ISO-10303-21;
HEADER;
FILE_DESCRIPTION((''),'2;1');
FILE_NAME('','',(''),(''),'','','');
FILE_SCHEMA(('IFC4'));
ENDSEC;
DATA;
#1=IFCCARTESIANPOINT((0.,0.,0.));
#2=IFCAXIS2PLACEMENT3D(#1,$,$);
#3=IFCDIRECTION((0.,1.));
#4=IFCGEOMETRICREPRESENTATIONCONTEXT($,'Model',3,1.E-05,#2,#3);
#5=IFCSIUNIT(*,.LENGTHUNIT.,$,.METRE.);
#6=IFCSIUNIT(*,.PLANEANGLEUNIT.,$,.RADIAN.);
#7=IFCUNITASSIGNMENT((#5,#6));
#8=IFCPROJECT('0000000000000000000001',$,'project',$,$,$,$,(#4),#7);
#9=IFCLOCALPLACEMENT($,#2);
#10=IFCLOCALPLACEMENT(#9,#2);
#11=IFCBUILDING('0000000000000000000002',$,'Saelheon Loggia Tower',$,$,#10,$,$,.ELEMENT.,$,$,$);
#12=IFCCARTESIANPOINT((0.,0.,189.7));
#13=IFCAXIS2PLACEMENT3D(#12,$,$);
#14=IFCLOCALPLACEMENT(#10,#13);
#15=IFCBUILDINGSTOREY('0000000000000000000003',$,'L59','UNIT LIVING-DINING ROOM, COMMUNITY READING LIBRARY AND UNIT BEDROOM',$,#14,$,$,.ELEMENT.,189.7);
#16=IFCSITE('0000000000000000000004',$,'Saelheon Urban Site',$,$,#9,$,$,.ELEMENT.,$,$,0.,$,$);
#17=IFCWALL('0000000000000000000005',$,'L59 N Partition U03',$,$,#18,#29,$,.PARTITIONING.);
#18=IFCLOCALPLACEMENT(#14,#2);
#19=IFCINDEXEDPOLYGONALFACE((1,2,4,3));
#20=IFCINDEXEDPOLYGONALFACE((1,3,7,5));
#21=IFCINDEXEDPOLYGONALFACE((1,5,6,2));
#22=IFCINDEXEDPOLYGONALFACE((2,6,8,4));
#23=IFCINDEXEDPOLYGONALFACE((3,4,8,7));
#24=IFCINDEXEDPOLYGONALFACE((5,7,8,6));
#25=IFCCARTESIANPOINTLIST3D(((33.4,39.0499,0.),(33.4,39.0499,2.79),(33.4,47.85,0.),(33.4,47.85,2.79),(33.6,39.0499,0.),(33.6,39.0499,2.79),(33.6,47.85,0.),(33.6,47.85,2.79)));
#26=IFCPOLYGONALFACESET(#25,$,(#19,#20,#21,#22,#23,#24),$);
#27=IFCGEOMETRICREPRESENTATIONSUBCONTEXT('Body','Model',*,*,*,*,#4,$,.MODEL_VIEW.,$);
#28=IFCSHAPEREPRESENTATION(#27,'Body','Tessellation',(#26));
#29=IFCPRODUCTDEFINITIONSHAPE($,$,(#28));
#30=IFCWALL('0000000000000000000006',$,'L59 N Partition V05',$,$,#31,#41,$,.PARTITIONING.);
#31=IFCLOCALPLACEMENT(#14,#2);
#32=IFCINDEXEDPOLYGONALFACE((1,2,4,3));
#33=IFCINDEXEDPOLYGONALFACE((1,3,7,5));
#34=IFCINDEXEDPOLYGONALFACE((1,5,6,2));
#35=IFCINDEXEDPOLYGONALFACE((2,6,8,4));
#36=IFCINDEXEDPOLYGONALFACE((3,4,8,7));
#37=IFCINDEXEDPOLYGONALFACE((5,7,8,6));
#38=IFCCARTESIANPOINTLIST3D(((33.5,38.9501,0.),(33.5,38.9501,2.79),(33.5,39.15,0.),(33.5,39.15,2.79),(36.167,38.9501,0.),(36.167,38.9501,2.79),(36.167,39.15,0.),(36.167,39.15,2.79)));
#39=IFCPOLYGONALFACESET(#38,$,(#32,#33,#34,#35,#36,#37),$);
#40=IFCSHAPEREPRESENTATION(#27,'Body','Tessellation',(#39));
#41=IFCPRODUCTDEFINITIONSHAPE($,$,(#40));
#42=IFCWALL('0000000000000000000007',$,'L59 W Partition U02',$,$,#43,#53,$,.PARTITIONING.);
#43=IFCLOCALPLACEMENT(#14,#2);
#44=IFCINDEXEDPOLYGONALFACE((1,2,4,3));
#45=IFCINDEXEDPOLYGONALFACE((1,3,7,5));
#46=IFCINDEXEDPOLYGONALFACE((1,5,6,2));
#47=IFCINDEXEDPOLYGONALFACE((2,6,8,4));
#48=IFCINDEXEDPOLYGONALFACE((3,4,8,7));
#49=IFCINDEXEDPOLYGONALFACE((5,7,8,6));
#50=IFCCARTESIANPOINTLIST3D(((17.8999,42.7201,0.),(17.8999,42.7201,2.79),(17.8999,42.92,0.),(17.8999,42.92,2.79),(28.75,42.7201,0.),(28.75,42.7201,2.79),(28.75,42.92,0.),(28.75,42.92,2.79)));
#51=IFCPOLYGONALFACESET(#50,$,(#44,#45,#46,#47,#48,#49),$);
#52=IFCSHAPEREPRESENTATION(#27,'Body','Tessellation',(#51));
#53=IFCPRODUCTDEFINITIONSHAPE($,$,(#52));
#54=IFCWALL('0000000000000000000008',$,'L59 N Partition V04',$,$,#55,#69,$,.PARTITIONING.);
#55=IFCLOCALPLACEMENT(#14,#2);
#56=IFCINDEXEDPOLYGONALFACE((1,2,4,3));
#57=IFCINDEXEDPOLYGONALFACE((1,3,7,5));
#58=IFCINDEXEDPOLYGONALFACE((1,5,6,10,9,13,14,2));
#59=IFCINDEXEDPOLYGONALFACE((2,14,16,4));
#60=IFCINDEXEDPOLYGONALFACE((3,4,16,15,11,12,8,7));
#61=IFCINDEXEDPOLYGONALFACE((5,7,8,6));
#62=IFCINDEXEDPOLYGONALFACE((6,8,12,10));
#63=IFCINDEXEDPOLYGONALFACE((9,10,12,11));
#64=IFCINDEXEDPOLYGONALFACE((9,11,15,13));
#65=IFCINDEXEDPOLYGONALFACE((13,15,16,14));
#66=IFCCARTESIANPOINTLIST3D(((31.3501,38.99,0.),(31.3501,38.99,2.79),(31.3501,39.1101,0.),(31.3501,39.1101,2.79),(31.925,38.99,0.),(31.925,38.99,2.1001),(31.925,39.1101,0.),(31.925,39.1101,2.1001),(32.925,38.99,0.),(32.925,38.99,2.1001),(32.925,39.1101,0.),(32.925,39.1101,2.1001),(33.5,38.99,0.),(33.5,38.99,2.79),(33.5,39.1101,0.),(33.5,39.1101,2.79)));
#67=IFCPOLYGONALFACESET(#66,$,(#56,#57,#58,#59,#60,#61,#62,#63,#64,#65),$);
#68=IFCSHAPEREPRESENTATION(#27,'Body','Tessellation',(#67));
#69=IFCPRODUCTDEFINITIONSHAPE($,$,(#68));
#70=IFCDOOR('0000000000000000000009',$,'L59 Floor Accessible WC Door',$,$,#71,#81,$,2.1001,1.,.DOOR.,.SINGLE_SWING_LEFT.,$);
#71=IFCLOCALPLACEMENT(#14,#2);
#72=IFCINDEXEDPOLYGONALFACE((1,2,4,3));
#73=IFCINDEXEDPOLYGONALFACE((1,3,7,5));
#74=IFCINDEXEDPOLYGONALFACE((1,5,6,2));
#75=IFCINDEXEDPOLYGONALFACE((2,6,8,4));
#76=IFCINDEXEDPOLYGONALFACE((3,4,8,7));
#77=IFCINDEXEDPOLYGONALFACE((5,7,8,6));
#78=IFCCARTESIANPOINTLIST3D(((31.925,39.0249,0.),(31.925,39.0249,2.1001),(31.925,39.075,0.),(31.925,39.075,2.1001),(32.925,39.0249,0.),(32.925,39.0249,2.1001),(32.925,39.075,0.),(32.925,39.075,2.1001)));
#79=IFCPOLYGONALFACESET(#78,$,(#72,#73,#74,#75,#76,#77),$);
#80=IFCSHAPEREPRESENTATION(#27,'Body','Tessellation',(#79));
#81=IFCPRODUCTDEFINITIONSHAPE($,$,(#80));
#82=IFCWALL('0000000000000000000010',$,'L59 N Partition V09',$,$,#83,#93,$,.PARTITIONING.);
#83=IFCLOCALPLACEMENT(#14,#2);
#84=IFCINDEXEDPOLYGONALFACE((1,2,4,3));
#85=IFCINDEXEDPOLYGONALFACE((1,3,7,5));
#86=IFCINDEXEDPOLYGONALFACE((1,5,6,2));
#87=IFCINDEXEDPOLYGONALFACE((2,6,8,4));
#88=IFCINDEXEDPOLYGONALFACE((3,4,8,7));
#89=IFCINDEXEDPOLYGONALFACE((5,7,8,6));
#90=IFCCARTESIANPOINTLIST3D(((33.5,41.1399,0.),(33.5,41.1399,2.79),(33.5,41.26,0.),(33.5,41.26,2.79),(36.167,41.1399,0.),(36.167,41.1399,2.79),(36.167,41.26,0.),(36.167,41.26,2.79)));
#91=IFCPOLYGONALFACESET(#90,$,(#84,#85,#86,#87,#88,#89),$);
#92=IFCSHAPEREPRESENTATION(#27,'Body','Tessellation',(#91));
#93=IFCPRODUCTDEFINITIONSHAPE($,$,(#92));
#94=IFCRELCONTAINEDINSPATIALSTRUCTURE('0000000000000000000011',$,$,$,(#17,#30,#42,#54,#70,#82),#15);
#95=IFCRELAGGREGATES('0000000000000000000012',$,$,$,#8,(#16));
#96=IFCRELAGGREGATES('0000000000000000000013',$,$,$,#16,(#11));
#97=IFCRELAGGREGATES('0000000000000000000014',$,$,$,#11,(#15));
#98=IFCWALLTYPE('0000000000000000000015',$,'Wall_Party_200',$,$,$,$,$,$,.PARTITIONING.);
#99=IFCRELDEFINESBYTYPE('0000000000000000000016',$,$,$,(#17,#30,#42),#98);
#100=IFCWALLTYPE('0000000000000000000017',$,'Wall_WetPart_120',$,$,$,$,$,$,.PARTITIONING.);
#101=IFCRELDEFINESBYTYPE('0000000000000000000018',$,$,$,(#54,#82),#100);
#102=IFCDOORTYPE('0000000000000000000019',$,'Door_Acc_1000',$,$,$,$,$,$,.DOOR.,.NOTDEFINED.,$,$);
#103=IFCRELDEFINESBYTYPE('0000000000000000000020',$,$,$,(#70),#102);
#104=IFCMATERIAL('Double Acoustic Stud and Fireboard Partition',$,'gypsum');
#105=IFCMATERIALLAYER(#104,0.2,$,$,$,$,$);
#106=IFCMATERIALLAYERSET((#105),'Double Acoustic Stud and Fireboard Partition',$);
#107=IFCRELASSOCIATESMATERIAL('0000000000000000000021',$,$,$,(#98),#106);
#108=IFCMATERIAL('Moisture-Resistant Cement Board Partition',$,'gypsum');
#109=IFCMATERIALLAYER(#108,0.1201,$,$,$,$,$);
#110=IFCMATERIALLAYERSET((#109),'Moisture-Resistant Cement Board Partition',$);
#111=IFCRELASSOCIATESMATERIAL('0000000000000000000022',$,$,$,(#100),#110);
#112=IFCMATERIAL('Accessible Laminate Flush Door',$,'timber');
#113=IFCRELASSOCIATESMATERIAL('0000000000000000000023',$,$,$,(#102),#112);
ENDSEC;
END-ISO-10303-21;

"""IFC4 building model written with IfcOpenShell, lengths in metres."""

from ifc_helpers import new_model, si_unit, direction, frame, frame_2d, origin, place, context, subcontext, project, spatial, rectangle, extrude, source, transform, mapped, material, layer, layer_set, type_object, element, fill, save


model = new_model("IFC4")

# Units and contexts
model_context = context("Model", 3, precision=1e-05, world=origin(), true_north=direction((0.0, 1.0)))
body_context = subcontext(model_context, "Body", "Model", "MODEL_VIEW")
ifc_project = project(units=[si_unit("LENGTHUNIT", "METRE"), si_unit("PLANEANGLEUNIT", "RADIAN")], contexts=[model_context])

# Site, building, storey
site_placement = place(None, origin())
site = spatial("IfcSite", under=ifc_project, at=site_placement, Name="Saelheon Urban Site", CompositionType="ELEMENT", RefElevation=0.0)
building_placement = place(site_placement, origin())
building = spatial("IfcBuilding", under=site, at=building_placement, Name="Saelheon Loggia Tower", CompositionType="ELEMENT")
storey_placement = place(building_placement, frame((0.0, 0.0, 189.7)))
storey = spatial("IfcBuildingStorey", under=building, at=storey_placement, Name="L59", Description="UNIT LIVING-DINING ROOM, COMMUNITY READING LIBRARY AND UNIT BEDROOM", CompositionType="ELEMENT", Elevation=189.7)

# Walls
ifc_material_1 = material(Name="Double Acoustic Stud and Fireboard Partition", Category="gypsum")
ifc_layer_1 = layer(ifc_material_1, 0.2)
ifc_layer_set_1 = layer_set([ifc_layer_1], Name="Double Acoustic Stud and Fireboard Partition")
wall_type_1 = type_object("IfcWallType", Name="Wall_Party_200", PredefinedType="PARTITIONING", material=ifc_layer_set_1)
wall_1_placement = place(storey_placement, frame((33.5, 39.05, 0.0), z_axis=(0.0, 0.0, 1.0), x_axis=(0.0, 1.0, 0.0)))
element("IfcWall", 1, at=wall_1_placement, inside=storey, type_object=wall_type_1, Name="L59 N Partition U03", PredefinedType="PARTITIONING", context=body_context, shape_type="SweptSolid", body=[
    extrude(rectangle(XDim=8.8, YDim=0.2, at=frame_2d((4.3999, 0.0))), origin(), (0.0, 0.0, 1.0), 2.79),
])
wall_2_placement = place(storey_placement, frame((33.5, 39.05, 0.0), z_axis=(0.0, 0.0, 1.0), x_axis=(1.0, 0.0, 0.0)))
element("IfcWall", 2, at=wall_2_placement, inside=storey, type_object=wall_type_1, Name="L59 N Partition V05", PredefinedType="PARTITIONING", context=body_context, shape_type="SweptSolid", body=[
    extrude(rectangle(XDim=2.667, YDim=0.2, at=frame_2d((1.3335, 0.0))), origin(), (0.0, 0.0, 1.0), 2.79),
])
wall_3_placement = place(storey_placement, frame((28.75, 42.8201, 0.0), z_axis=(0.0, 0.0, 1.0), x_axis=(-1.0, 0.0, 0.0)))
element("IfcWall", 3, at=wall_3_placement, inside=storey, type_object=wall_type_1, Name="L59 W Partition U02", PredefinedType="PARTITIONING", context=body_context, shape_type="SweptSolid", body=[
    extrude(rectangle(XDim=10.8501, YDim=0.2, at=frame_2d((5.425, 0.0))), origin(), (0.0, 0.0, 1.0), 2.79),
])

# Wall, opening, door
ifc_material_2 = material(Name="Moisture-Resistant Cement Board Partition", Category="gypsum")
ifc_layer_2 = layer(ifc_material_2, 0.1201)
ifc_layer_set_2 = layer_set([ifc_layer_2], Name="Moisture-Resistant Cement Board Partition")
wall_type_2 = type_object("IfcWallType", Name="Wall_WetPart_120", PredefinedType="PARTITIONING", material=ifc_layer_set_2)
wall_4_placement = place(storey_placement, frame((31.3501, 39.05, 0.0), z_axis=(0.0, 0.0, 1.0), x_axis=(1.0, 0.0, 0.0)))
wall_4 = element("IfcWall", 4, at=wall_4_placement, inside=storey, type_object=wall_type_2, Name="L59 N Partition V04", PredefinedType="PARTITIONING", context=body_context, shape_type="SweptSolid", body=[
    extrude(rectangle(XDim=2.1499, YDim=0.1201, at=frame_2d((1.075, 0.0))), origin(), (0.0, 0.0, 1.0), 2.79),
])
opening_1_placement = place(wall_4_placement, frame((0.575, 0.0, 0.0)))
opening_1 = element("IfcOpeningElement", 5, at=opening_1_placement, cuts=wall_4, PredefinedType="OPENING", context=body_context, shape_type="SweptSolid", body=[
    extrude(rectangle(XDim=1.0, YDim=2.1001, at=frame_2d((0.5, 1.05))), frame((0.0, 0.072, 0.0), z_axis=(0.0, -1.0, 0.0), x_axis=(1.0, 0.0, 0.0)), (0.0, 0.0, 1.0), 0.144),
])
ifc_material_3 = material(Name="Accessible Laminate Flush Door", Category="timber")
door_type_1 = type_object("IfcDoorType", Name="Door_Acc_1000", OperationType="NOTDEFINED", PredefinedType="DOOR", material=ifc_material_3)
shared_shape_1 = source(origin(), body_context, "Body", "SweptSolid", [
    extrude(rectangle(XDim=1.0, YDim=2.1001, at=frame_2d((0.5, 1.05))), frame((0.0, 0.0249, 0.0), z_axis=(0.0, -1.0, 0.0), x_axis=(1.0, 0.0, 0.0)), (0.0, 0.0, 1.0), 0.05),
])
door_1_placement = place(opening_1_placement, origin())
door_1 = element("IfcDoor", 6, at=door_1_placement, inside=storey, type_object=door_type_1, Name="L59 Floor Accessible WC Door", OperationType="SINGLE_SWING_LEFT", OverallHeight=2.1001, OverallWidth=1.0, PredefinedType="DOOR", context=body_context, shape_type="MappedRepresentation", body=[
    mapped(shared_shape_1, transform((0.0, 0.0, 0.0), scale=1.0)),
])
fill(opening_1, door_1)

# Wall
wall_5_placement = place(storey_placement, frame((33.5, 41.2, 0.0), z_axis=(0.0, 0.0, 1.0), x_axis=(1.0, 0.0, 0.0)))
element("IfcWall", 7, at=wall_5_placement, inside=storey, type_object=wall_type_2, Name="L59 N Partition V09", PredefinedType="PARTITIONING", context=body_context, shape_type="SweptSolid", body=[
    extrude(rectangle(XDim=2.667, YDim=0.1201, at=frame_2d((1.3335, 0.0))), origin(), (0.0, 0.0, 1.0), 2.79),
])

save(model, "model.ifc")
